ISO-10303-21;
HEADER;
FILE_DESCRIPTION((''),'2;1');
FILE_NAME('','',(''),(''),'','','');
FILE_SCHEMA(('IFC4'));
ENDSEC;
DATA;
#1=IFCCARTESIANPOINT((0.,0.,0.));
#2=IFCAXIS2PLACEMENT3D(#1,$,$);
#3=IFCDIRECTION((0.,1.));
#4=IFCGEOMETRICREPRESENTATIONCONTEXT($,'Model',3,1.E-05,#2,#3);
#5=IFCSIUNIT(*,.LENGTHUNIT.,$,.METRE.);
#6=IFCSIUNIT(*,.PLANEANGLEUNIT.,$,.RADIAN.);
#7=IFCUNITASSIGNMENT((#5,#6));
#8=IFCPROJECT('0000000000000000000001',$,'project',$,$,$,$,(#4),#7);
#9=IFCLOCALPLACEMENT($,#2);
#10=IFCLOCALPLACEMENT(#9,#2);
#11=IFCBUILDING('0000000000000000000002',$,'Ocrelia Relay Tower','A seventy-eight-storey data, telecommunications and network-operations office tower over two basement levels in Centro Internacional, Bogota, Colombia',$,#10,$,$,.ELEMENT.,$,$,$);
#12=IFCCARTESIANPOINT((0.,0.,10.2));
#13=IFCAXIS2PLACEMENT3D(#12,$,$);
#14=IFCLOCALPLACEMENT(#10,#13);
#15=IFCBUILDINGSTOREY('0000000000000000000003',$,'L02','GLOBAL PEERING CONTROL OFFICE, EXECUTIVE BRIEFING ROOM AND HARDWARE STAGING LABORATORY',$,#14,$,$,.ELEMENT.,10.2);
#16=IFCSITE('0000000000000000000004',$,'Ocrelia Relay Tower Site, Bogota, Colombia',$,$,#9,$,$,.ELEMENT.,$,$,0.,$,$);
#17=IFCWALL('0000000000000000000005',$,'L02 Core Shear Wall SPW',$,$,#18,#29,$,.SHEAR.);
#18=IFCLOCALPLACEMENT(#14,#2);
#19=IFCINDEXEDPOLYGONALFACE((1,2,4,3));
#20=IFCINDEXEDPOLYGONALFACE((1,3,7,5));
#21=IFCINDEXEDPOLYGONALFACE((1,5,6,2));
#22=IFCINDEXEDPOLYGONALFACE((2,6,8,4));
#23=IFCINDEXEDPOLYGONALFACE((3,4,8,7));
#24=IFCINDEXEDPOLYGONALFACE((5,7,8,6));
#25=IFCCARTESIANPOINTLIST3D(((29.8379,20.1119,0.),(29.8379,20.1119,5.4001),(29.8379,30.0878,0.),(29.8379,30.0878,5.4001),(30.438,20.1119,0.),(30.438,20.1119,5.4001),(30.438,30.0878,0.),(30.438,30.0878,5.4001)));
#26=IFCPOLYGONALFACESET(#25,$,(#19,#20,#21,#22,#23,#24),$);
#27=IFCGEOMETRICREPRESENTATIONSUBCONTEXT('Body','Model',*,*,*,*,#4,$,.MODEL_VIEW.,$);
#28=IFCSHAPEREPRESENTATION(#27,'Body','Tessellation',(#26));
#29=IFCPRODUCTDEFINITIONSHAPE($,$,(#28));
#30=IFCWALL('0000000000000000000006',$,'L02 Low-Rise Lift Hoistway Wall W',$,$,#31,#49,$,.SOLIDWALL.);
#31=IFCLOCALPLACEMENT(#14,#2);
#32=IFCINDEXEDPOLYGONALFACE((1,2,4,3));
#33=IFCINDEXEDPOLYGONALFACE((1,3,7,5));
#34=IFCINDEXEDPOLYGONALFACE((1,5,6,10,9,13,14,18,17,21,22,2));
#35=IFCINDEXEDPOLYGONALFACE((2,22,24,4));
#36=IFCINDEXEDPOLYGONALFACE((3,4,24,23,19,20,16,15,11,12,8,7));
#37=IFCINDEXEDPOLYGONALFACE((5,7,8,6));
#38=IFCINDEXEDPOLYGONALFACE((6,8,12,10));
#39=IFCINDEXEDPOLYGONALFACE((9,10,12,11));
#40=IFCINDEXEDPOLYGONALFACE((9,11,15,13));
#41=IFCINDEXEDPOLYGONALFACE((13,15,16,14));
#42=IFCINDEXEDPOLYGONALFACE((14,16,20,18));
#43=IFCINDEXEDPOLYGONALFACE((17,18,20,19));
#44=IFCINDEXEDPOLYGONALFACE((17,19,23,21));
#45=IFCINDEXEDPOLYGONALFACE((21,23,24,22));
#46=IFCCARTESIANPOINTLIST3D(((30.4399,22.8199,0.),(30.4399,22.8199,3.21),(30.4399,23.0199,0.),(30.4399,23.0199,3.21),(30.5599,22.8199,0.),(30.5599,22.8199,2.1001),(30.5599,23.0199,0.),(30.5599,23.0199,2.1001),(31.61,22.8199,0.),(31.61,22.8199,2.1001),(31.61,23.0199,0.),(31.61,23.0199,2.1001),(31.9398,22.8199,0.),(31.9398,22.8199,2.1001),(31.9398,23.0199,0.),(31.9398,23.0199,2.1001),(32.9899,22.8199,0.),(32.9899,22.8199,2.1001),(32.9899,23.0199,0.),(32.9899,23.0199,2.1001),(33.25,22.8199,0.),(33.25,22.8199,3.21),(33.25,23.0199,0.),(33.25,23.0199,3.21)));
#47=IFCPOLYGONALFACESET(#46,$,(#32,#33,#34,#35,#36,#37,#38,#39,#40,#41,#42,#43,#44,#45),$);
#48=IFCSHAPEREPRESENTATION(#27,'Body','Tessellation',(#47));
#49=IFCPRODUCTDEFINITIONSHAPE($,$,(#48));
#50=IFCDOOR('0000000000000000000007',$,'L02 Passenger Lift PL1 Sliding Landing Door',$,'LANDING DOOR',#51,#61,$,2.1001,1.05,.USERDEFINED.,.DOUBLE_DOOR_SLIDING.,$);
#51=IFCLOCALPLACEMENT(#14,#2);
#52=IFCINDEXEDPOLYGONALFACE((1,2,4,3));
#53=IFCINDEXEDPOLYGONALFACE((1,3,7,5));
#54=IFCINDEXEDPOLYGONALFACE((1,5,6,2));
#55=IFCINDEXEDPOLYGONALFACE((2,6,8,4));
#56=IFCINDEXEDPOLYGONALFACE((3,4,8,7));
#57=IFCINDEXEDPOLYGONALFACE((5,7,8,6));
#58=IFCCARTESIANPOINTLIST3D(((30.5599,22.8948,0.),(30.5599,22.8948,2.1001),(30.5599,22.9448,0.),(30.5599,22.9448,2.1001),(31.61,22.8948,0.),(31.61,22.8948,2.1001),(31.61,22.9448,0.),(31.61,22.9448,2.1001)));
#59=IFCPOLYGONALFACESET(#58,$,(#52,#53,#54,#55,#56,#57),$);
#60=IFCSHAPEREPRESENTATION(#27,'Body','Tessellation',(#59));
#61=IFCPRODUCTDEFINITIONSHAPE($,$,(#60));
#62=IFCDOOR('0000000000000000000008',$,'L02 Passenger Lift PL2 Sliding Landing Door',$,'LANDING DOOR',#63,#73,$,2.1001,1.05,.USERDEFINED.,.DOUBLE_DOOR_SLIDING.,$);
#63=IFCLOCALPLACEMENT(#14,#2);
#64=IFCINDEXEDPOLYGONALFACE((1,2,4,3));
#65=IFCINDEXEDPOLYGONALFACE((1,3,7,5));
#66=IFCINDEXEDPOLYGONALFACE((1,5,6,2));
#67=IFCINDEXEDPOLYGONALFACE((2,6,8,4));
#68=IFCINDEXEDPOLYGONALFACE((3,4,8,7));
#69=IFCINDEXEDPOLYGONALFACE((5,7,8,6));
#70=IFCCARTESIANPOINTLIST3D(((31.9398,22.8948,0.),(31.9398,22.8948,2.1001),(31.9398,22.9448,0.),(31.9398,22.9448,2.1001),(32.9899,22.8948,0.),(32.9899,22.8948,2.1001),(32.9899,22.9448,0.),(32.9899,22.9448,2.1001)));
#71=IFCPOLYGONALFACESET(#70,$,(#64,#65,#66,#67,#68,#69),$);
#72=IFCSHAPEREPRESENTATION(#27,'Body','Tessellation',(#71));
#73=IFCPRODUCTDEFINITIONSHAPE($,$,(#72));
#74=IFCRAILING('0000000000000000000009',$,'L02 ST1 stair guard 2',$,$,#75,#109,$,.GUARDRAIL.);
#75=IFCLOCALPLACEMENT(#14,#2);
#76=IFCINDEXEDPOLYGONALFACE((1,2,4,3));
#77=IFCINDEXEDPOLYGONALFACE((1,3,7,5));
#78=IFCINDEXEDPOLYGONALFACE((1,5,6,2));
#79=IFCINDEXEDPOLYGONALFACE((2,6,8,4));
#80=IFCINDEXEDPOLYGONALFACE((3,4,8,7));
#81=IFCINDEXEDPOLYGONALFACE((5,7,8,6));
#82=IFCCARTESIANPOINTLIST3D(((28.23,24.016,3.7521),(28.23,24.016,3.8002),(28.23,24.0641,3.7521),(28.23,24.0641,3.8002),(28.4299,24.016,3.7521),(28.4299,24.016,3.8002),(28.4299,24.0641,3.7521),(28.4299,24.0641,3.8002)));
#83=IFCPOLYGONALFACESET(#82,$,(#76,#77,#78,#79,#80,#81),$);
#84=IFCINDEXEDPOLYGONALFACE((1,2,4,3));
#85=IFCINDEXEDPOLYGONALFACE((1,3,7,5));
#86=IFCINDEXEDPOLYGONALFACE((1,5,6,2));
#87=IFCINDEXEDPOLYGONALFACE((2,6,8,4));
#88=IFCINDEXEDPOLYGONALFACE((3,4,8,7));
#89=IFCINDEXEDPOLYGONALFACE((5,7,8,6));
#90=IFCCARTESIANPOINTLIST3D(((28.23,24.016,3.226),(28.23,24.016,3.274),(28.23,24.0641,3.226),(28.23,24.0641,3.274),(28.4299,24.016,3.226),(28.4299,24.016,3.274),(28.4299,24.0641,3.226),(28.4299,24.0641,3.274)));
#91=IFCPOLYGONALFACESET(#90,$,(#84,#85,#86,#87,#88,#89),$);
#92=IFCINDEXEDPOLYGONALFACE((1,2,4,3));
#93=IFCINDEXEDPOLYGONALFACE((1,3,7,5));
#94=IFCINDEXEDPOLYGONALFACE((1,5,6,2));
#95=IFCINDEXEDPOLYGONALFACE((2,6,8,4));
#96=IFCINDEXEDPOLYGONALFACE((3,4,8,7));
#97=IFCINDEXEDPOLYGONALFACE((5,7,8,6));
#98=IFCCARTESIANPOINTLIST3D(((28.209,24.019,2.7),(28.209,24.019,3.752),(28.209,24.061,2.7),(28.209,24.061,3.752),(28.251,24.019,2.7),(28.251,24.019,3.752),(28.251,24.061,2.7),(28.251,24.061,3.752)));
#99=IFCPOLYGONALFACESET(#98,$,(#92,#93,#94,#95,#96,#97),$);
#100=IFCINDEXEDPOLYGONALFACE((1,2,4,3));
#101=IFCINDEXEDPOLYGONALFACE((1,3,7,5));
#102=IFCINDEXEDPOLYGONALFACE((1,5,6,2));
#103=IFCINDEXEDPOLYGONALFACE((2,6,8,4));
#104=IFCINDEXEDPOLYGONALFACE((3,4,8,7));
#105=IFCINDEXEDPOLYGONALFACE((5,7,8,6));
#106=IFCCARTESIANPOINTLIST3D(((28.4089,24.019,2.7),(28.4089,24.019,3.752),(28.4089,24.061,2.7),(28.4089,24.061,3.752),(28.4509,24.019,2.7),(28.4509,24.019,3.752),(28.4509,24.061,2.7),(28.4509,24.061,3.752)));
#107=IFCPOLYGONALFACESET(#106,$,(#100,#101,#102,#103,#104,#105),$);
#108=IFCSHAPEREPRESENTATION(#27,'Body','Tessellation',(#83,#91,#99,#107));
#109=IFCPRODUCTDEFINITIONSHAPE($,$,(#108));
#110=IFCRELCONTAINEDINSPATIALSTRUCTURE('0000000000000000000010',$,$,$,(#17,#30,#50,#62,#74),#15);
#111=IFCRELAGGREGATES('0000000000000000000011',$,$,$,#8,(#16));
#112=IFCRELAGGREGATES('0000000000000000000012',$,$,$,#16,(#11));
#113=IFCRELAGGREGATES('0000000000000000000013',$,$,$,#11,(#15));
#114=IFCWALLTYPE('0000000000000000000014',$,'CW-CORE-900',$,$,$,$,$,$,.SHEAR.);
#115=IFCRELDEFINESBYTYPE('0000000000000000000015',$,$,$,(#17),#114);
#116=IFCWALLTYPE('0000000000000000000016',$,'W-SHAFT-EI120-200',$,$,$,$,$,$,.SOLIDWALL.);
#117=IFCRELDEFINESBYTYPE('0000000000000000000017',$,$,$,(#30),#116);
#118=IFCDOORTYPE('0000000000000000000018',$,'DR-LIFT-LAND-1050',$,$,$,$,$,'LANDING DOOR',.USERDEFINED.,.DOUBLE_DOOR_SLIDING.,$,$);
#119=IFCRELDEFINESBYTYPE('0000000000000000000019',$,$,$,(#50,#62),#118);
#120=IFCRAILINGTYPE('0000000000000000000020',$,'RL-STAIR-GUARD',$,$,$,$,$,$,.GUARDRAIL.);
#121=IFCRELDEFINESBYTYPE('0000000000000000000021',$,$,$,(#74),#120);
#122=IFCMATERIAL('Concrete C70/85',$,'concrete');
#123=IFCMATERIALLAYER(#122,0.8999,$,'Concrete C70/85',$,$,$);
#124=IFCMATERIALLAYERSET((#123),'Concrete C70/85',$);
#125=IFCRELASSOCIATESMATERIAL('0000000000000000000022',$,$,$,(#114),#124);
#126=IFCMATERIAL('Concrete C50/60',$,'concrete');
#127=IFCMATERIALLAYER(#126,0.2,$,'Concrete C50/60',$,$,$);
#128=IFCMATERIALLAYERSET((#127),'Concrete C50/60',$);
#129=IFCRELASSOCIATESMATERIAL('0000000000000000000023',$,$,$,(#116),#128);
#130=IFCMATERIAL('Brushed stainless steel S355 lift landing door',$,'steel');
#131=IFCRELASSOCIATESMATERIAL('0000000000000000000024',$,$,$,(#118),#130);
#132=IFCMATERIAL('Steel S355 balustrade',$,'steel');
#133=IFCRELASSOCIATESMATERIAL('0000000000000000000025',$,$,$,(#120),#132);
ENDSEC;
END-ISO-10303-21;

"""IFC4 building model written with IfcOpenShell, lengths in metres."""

from ifc_helpers import new_model, si_unit, direction, frame, frame_2d, origin, origin_2d, place, context, subcontext, project, spatial, rectangle, extrude, material, layer, layer_set, type_object, element, fill, save


model = new_model("IFC4")

# Units and contexts
model_context = context("Model", 3, precision=1e-05, world=origin(), true_north=direction((0.0, 1.0)))
body_context = subcontext(model_context, "Body", "Model", "MODEL_VIEW")
ifc_project = project(units=[si_unit("LENGTHUNIT", "METRE"), si_unit("PLANEANGLEUNIT", "RADIAN")], contexts=[model_context])

# Site, building, storey
site_placement = place(None, origin())
site = spatial("IfcSite", under=ifc_project, at=site_placement, Name="Ocrelia Relay Tower Site, Bogota, Colombia", CompositionType="ELEMENT", RefElevation=0.0)
building_placement = place(site_placement, origin())
building = spatial("IfcBuilding", under=site, at=building_placement, Name="Ocrelia Relay Tower", Description="A seventy-eight-storey data, telecommunications and network-operations office tower over two basement levels in Centro Internacional, Bogota, Colombia", CompositionType="ELEMENT")
storey_placement = place(building_placement, frame((0.0, 0.0, 10.2)))
storey = spatial("IfcBuildingStorey", under=building, at=storey_placement, Name="L02", Description="GLOBAL PEERING CONTROL OFFICE, EXECUTIVE BRIEFING ROOM AND HARDWARE STAGING LABORATORY", CompositionType="ELEMENT", Elevation=10.2)

# Wall
ifc_material_1 = material(Name="Concrete C70/85", Category="concrete")
ifc_layer_1 = layer(ifc_material_1, 0.8999, Name="Concrete C70/85")
ifc_layer_set_1 = layer_set([ifc_layer_1], Name="Concrete C70/85")
wall_type_1 = type_object("IfcWallType", Name="CW-CORE-900", PredefinedType="SHEAR", material=ifc_layer_set_1)
wall_1_placement = place(storey_placement, frame((30.1379, 20.1121, 0.0), z_axis=(0.0, 0.0, 1.0), x_axis=(0.0, 1.0, 0.0)))
element("IfcWall", 1, at=wall_1_placement, inside=storey, type_object=wall_type_1, Name="L02 Core Shear Wall SPW", PredefinedType="SHEAR", context=body_context, shape_type="SweptSolid", body=[
    extrude(rectangle(XDim=9.9758, YDim=0.6001, at=frame_2d((4.9878, 0.0))), origin(), (0.0, 0.0, 1.0), 5.4001),
])

# Wall, openings, doors
ifc_material_2 = material(Name="Concrete C50/60", Category="concrete")
ifc_layer_2 = layer(ifc_material_2, 0.2, Name="Concrete C50/60")
ifc_layer_set_2 = layer_set([ifc_layer_2], Name="Concrete C50/60")
wall_type_2 = type_object("IfcWallType", Name="W-SHAFT-EI120-200", PredefinedType="SOLIDWALL", material=ifc_layer_set_2)
wall_2_placement = place(storey_placement, frame((30.4399, 22.9199, 0.0), z_axis=(0.0, 0.0, 1.0), x_axis=(1.0, 0.0, 0.0)))
wall_2 = element("IfcWall", 2, at=wall_2_placement, inside=storey, type_object=wall_type_2, Name="L02 Low-Rise Lift Hoistway Wall W", PredefinedType="SOLIDWALL", context=body_context, shape_type="SweptSolid", body=[
    extrude(rectangle(XDim=2.8101, YDim=0.2, at=frame_2d((1.405, 0.0))), origin(), (0.0, 0.0, 1.0), 3.21),
])
opening_1_placement = place(wall_2_placement, frame((0.1201, 0.0, 0.0)))
opening_1 = element("IfcOpeningElement", 3, at=opening_1_placement, cuts=wall_2, PredefinedType="OPENING", context=body_context, shape_type="SweptSolid", body=[
    extrude(rectangle(XDim=1.05, YDim=2.1001, at=frame_2d((0.5249, 1.05))), frame((0.0, 0.1099, 0.0), z_axis=(0.0, -1.0, 0.0), x_axis=(1.0, 0.0, 0.0)), (0.0, 0.0, 1.0), 0.22),
])
opening_2_placement = place(wall_2_placement, frame((1.5, 0.0, 0.0)))
opening_2 = element("IfcOpeningElement", 4, at=opening_2_placement, cuts=wall_2, PredefinedType="OPENING", context=body_context, shape_type="SweptSolid", body=[
    extrude(rectangle(XDim=1.05, YDim=2.1001, at=frame_2d((0.5249, 1.05))), frame((0.0, 0.1099, 0.0), z_axis=(0.0, -1.0, 0.0), x_axis=(1.0, 0.0, 0.0)), (0.0, 0.0, 1.0), 0.22),
])
ifc_material_3 = material(Name="Brushed stainless steel S355 lift landing door", Category="steel")
door_type = type_object("IfcDoorType", Name="DR-LIFT-LAND-1050", ElementType="LANDING DOOR", OperationType="DOUBLE_DOOR_SLIDING", PredefinedType="USERDEFINED", material=ifc_material_3)
door_1_placement = place(opening_1_placement, origin())
door_1 = element("IfcDoor", 5, at=door_1_placement, inside=storey, type_object=door_type, Name="L02 Passenger Lift PL1 Sliding Landing Door", ObjectType="LANDING DOOR", OperationType="DOUBLE_DOOR_SLIDING", OverallHeight=2.1001, OverallWidth=1.05, PredefinedType="USERDEFINED", context=body_context, shape_type="SweptSolid", body=[
    extrude(rectangle(XDim=1.05, YDim=2.1001, at=frame_2d((0.5249, 1.05))), frame((0.0, 0.0249, 0.0), z_axis=(0.0, -1.0, 0.0), x_axis=(1.0, 0.0, 0.0)), (0.0, 0.0, 1.0), 0.05),
])
fill(opening_1, door_1)
door_2_placement = place(opening_2_placement, origin())
door_2 = element("IfcDoor", 6, at=door_2_placement, inside=storey, type_object=door_type, Name="L02 Passenger Lift PL2 Sliding Landing Door", ObjectType="LANDING DOOR", OperationType="DOUBLE_DOOR_SLIDING", OverallHeight=2.1001, OverallWidth=1.05, PredefinedType="USERDEFINED", context=body_context, shape_type="SweptSolid", body=[
    extrude(rectangle(XDim=1.05, YDim=2.1001, at=frame_2d((0.5249, 1.05))), frame((0.0, 0.0249, 0.0), z_axis=(0.0, -1.0, 0.0), x_axis=(1.0, 0.0, 0.0)), (0.0, 0.0, 1.0), 0.05),
])
fill(opening_2, door_2)

# Railing
ifc_material_4 = material(Name="Steel S355 balustrade", Category="steel")
railing_type = type_object("IfcRailingType", Name="RL-STAIR-GUARD", PredefinedType="GUARDRAIL", material=ifc_material_4)
railing_placement = place(storey_placement, frame((28.23, 24.04, 2.7)))
element("IfcRailing", 7, at=railing_placement, inside=storey, type_object=railing_type, Name="L02 ST1 stair guard 2", PredefinedType="GUARDRAIL", context=body_context, shape_type="SweptSolid", body=[
    extrude(rectangle(XDim=0.0481, YDim=0.0481, at=origin_2d()), frame((0.0, 0.0, 1.0762), z_axis=(1.0, 0.0, 0.0), x_axis=(0.0, 1.0, 0.0)), (0.0, 0.0, 1.0), 0.2),
    extrude(rectangle(XDim=0.0481, YDim=0.0481, at=origin_2d()), frame((0.0, 0.0, 0.55), z_axis=(1.0, 0.0, 0.0), x_axis=(0.0, 1.0, 0.0)), (0.0, 0.0, 1.0), 0.2),
    extrude(rectangle(XDim=0.042, YDim=0.042, at=origin_2d()), origin(), (0.0, 0.0, 1.0), 1.052),
    extrude(rectangle(XDim=0.042, YDim=0.042, at=origin_2d()), frame((0.2, 0.0, 0.0)), (0.0, 0.0, 1.0), 1.052),
])

save(model, "model.ifc")
